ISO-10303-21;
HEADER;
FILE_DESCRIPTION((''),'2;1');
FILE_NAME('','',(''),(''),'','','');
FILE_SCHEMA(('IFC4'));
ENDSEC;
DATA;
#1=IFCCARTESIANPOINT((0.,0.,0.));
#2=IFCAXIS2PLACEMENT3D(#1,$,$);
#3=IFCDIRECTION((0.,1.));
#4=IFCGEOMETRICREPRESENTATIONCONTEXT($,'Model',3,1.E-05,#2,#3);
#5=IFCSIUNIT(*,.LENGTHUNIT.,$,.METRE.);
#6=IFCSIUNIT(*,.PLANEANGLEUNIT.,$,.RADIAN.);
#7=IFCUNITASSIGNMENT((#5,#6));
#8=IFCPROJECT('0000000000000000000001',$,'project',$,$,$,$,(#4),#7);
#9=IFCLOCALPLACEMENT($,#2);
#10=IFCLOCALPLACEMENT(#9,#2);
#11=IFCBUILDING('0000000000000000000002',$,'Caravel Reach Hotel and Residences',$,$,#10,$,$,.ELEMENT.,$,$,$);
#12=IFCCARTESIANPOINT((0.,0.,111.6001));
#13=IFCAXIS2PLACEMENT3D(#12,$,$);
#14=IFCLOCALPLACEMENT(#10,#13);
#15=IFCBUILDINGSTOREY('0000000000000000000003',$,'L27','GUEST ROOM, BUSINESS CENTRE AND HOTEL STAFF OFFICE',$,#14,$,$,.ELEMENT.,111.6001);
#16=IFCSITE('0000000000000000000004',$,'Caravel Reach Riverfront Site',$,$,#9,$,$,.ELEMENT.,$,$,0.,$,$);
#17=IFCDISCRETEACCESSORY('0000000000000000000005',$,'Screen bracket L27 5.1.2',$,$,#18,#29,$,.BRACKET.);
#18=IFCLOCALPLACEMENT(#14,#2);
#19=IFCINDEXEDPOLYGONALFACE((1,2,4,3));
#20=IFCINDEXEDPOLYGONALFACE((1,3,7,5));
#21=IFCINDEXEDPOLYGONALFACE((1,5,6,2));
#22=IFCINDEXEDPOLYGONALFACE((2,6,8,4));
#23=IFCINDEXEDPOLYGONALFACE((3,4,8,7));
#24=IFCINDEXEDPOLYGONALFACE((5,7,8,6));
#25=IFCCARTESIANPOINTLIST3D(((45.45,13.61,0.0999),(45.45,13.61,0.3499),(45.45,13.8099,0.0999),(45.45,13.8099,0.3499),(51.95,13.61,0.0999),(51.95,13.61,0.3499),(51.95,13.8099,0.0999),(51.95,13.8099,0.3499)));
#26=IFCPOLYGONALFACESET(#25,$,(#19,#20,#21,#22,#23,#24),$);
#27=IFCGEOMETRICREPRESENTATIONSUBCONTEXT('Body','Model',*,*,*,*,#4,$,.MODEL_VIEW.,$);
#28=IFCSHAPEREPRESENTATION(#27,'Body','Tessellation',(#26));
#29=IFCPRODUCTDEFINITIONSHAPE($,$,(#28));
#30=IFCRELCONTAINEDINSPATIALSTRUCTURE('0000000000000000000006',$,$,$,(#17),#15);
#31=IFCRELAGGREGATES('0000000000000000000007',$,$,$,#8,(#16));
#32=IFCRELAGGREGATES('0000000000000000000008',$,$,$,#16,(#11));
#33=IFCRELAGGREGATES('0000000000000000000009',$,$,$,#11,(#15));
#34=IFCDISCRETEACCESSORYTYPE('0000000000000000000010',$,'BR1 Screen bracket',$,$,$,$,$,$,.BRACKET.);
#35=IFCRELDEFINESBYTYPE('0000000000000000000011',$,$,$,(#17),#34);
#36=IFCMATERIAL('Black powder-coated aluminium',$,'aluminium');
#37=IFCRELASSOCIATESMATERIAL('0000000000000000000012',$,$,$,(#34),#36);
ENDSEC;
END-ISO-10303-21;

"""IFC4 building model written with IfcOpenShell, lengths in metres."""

from ifc_helpers import new_model, si_unit, direction, frame, origin, origin_2d, place, context, subcontext, project, spatial, rectangle, extrude, material, type_object, element, save


model = new_model("IFC4")

# Units and contexts
model_context = context("Model", 3, precision=1e-05, world=origin(), true_north=direction((0.0, 1.0)))
body_context = subcontext(model_context, "Body", "Model", "MODEL_VIEW")
ifc_project = project(units=[si_unit("LENGTHUNIT", "METRE"), si_unit("PLANEANGLEUNIT", "RADIAN")], contexts=[model_context])

# Site, building, storey
site_placement = place(None, origin())
site = spatial("IfcSite", under=ifc_project, at=site_placement, Name="Caravel Reach Riverfront Site", CompositionType="ELEMENT", RefElevation=0.0)
building_placement = place(site_placement, origin())
building = spatial("IfcBuilding", under=site, at=building_placement, Name="Caravel Reach Hotel and Residences", CompositionType="ELEMENT")
storey_placement = place(building_placement, frame((0.0, 0.0, 111.6001)))
storey = spatial("IfcBuildingStorey", under=building, at=storey_placement, Name="L27", Description="GUEST ROOM, BUSINESS CENTRE AND HOTEL STAFF OFFICE", CompositionType="ELEMENT", Elevation=111.6001)

# Discrete accessory
ifc_material_1 = material(Name="Black powder-coated aluminium", Category="aluminium")
discrete_accessory_type = type_object("IfcDiscreteAccessoryType", Name="BR1 Screen bracket", PredefinedType="BRACKET", material=ifc_material_1)
discrete_accessory_1_placement = place(storey_placement, frame((48.7, 13.71, 0.0999), z_axis=(0.0, 0.0, 1.0), x_axis=(1.0, 0.0, 0.0)))
element("IfcDiscreteAccessory", 1, at=discrete_accessory_1_placement, inside=storey, type_object=discrete_accessory_type, Name="Screen bracket L27 5.1.2", PredefinedType="BRACKET", context=body_context, shape_type="SweptSolid", body=[
    extrude(rectangle(XDim=6.5, YDim=0.2, at=origin_2d()), origin(), (0.0, 0.0, 1.0), 0.25),
])

save(model, "model.ifc")
